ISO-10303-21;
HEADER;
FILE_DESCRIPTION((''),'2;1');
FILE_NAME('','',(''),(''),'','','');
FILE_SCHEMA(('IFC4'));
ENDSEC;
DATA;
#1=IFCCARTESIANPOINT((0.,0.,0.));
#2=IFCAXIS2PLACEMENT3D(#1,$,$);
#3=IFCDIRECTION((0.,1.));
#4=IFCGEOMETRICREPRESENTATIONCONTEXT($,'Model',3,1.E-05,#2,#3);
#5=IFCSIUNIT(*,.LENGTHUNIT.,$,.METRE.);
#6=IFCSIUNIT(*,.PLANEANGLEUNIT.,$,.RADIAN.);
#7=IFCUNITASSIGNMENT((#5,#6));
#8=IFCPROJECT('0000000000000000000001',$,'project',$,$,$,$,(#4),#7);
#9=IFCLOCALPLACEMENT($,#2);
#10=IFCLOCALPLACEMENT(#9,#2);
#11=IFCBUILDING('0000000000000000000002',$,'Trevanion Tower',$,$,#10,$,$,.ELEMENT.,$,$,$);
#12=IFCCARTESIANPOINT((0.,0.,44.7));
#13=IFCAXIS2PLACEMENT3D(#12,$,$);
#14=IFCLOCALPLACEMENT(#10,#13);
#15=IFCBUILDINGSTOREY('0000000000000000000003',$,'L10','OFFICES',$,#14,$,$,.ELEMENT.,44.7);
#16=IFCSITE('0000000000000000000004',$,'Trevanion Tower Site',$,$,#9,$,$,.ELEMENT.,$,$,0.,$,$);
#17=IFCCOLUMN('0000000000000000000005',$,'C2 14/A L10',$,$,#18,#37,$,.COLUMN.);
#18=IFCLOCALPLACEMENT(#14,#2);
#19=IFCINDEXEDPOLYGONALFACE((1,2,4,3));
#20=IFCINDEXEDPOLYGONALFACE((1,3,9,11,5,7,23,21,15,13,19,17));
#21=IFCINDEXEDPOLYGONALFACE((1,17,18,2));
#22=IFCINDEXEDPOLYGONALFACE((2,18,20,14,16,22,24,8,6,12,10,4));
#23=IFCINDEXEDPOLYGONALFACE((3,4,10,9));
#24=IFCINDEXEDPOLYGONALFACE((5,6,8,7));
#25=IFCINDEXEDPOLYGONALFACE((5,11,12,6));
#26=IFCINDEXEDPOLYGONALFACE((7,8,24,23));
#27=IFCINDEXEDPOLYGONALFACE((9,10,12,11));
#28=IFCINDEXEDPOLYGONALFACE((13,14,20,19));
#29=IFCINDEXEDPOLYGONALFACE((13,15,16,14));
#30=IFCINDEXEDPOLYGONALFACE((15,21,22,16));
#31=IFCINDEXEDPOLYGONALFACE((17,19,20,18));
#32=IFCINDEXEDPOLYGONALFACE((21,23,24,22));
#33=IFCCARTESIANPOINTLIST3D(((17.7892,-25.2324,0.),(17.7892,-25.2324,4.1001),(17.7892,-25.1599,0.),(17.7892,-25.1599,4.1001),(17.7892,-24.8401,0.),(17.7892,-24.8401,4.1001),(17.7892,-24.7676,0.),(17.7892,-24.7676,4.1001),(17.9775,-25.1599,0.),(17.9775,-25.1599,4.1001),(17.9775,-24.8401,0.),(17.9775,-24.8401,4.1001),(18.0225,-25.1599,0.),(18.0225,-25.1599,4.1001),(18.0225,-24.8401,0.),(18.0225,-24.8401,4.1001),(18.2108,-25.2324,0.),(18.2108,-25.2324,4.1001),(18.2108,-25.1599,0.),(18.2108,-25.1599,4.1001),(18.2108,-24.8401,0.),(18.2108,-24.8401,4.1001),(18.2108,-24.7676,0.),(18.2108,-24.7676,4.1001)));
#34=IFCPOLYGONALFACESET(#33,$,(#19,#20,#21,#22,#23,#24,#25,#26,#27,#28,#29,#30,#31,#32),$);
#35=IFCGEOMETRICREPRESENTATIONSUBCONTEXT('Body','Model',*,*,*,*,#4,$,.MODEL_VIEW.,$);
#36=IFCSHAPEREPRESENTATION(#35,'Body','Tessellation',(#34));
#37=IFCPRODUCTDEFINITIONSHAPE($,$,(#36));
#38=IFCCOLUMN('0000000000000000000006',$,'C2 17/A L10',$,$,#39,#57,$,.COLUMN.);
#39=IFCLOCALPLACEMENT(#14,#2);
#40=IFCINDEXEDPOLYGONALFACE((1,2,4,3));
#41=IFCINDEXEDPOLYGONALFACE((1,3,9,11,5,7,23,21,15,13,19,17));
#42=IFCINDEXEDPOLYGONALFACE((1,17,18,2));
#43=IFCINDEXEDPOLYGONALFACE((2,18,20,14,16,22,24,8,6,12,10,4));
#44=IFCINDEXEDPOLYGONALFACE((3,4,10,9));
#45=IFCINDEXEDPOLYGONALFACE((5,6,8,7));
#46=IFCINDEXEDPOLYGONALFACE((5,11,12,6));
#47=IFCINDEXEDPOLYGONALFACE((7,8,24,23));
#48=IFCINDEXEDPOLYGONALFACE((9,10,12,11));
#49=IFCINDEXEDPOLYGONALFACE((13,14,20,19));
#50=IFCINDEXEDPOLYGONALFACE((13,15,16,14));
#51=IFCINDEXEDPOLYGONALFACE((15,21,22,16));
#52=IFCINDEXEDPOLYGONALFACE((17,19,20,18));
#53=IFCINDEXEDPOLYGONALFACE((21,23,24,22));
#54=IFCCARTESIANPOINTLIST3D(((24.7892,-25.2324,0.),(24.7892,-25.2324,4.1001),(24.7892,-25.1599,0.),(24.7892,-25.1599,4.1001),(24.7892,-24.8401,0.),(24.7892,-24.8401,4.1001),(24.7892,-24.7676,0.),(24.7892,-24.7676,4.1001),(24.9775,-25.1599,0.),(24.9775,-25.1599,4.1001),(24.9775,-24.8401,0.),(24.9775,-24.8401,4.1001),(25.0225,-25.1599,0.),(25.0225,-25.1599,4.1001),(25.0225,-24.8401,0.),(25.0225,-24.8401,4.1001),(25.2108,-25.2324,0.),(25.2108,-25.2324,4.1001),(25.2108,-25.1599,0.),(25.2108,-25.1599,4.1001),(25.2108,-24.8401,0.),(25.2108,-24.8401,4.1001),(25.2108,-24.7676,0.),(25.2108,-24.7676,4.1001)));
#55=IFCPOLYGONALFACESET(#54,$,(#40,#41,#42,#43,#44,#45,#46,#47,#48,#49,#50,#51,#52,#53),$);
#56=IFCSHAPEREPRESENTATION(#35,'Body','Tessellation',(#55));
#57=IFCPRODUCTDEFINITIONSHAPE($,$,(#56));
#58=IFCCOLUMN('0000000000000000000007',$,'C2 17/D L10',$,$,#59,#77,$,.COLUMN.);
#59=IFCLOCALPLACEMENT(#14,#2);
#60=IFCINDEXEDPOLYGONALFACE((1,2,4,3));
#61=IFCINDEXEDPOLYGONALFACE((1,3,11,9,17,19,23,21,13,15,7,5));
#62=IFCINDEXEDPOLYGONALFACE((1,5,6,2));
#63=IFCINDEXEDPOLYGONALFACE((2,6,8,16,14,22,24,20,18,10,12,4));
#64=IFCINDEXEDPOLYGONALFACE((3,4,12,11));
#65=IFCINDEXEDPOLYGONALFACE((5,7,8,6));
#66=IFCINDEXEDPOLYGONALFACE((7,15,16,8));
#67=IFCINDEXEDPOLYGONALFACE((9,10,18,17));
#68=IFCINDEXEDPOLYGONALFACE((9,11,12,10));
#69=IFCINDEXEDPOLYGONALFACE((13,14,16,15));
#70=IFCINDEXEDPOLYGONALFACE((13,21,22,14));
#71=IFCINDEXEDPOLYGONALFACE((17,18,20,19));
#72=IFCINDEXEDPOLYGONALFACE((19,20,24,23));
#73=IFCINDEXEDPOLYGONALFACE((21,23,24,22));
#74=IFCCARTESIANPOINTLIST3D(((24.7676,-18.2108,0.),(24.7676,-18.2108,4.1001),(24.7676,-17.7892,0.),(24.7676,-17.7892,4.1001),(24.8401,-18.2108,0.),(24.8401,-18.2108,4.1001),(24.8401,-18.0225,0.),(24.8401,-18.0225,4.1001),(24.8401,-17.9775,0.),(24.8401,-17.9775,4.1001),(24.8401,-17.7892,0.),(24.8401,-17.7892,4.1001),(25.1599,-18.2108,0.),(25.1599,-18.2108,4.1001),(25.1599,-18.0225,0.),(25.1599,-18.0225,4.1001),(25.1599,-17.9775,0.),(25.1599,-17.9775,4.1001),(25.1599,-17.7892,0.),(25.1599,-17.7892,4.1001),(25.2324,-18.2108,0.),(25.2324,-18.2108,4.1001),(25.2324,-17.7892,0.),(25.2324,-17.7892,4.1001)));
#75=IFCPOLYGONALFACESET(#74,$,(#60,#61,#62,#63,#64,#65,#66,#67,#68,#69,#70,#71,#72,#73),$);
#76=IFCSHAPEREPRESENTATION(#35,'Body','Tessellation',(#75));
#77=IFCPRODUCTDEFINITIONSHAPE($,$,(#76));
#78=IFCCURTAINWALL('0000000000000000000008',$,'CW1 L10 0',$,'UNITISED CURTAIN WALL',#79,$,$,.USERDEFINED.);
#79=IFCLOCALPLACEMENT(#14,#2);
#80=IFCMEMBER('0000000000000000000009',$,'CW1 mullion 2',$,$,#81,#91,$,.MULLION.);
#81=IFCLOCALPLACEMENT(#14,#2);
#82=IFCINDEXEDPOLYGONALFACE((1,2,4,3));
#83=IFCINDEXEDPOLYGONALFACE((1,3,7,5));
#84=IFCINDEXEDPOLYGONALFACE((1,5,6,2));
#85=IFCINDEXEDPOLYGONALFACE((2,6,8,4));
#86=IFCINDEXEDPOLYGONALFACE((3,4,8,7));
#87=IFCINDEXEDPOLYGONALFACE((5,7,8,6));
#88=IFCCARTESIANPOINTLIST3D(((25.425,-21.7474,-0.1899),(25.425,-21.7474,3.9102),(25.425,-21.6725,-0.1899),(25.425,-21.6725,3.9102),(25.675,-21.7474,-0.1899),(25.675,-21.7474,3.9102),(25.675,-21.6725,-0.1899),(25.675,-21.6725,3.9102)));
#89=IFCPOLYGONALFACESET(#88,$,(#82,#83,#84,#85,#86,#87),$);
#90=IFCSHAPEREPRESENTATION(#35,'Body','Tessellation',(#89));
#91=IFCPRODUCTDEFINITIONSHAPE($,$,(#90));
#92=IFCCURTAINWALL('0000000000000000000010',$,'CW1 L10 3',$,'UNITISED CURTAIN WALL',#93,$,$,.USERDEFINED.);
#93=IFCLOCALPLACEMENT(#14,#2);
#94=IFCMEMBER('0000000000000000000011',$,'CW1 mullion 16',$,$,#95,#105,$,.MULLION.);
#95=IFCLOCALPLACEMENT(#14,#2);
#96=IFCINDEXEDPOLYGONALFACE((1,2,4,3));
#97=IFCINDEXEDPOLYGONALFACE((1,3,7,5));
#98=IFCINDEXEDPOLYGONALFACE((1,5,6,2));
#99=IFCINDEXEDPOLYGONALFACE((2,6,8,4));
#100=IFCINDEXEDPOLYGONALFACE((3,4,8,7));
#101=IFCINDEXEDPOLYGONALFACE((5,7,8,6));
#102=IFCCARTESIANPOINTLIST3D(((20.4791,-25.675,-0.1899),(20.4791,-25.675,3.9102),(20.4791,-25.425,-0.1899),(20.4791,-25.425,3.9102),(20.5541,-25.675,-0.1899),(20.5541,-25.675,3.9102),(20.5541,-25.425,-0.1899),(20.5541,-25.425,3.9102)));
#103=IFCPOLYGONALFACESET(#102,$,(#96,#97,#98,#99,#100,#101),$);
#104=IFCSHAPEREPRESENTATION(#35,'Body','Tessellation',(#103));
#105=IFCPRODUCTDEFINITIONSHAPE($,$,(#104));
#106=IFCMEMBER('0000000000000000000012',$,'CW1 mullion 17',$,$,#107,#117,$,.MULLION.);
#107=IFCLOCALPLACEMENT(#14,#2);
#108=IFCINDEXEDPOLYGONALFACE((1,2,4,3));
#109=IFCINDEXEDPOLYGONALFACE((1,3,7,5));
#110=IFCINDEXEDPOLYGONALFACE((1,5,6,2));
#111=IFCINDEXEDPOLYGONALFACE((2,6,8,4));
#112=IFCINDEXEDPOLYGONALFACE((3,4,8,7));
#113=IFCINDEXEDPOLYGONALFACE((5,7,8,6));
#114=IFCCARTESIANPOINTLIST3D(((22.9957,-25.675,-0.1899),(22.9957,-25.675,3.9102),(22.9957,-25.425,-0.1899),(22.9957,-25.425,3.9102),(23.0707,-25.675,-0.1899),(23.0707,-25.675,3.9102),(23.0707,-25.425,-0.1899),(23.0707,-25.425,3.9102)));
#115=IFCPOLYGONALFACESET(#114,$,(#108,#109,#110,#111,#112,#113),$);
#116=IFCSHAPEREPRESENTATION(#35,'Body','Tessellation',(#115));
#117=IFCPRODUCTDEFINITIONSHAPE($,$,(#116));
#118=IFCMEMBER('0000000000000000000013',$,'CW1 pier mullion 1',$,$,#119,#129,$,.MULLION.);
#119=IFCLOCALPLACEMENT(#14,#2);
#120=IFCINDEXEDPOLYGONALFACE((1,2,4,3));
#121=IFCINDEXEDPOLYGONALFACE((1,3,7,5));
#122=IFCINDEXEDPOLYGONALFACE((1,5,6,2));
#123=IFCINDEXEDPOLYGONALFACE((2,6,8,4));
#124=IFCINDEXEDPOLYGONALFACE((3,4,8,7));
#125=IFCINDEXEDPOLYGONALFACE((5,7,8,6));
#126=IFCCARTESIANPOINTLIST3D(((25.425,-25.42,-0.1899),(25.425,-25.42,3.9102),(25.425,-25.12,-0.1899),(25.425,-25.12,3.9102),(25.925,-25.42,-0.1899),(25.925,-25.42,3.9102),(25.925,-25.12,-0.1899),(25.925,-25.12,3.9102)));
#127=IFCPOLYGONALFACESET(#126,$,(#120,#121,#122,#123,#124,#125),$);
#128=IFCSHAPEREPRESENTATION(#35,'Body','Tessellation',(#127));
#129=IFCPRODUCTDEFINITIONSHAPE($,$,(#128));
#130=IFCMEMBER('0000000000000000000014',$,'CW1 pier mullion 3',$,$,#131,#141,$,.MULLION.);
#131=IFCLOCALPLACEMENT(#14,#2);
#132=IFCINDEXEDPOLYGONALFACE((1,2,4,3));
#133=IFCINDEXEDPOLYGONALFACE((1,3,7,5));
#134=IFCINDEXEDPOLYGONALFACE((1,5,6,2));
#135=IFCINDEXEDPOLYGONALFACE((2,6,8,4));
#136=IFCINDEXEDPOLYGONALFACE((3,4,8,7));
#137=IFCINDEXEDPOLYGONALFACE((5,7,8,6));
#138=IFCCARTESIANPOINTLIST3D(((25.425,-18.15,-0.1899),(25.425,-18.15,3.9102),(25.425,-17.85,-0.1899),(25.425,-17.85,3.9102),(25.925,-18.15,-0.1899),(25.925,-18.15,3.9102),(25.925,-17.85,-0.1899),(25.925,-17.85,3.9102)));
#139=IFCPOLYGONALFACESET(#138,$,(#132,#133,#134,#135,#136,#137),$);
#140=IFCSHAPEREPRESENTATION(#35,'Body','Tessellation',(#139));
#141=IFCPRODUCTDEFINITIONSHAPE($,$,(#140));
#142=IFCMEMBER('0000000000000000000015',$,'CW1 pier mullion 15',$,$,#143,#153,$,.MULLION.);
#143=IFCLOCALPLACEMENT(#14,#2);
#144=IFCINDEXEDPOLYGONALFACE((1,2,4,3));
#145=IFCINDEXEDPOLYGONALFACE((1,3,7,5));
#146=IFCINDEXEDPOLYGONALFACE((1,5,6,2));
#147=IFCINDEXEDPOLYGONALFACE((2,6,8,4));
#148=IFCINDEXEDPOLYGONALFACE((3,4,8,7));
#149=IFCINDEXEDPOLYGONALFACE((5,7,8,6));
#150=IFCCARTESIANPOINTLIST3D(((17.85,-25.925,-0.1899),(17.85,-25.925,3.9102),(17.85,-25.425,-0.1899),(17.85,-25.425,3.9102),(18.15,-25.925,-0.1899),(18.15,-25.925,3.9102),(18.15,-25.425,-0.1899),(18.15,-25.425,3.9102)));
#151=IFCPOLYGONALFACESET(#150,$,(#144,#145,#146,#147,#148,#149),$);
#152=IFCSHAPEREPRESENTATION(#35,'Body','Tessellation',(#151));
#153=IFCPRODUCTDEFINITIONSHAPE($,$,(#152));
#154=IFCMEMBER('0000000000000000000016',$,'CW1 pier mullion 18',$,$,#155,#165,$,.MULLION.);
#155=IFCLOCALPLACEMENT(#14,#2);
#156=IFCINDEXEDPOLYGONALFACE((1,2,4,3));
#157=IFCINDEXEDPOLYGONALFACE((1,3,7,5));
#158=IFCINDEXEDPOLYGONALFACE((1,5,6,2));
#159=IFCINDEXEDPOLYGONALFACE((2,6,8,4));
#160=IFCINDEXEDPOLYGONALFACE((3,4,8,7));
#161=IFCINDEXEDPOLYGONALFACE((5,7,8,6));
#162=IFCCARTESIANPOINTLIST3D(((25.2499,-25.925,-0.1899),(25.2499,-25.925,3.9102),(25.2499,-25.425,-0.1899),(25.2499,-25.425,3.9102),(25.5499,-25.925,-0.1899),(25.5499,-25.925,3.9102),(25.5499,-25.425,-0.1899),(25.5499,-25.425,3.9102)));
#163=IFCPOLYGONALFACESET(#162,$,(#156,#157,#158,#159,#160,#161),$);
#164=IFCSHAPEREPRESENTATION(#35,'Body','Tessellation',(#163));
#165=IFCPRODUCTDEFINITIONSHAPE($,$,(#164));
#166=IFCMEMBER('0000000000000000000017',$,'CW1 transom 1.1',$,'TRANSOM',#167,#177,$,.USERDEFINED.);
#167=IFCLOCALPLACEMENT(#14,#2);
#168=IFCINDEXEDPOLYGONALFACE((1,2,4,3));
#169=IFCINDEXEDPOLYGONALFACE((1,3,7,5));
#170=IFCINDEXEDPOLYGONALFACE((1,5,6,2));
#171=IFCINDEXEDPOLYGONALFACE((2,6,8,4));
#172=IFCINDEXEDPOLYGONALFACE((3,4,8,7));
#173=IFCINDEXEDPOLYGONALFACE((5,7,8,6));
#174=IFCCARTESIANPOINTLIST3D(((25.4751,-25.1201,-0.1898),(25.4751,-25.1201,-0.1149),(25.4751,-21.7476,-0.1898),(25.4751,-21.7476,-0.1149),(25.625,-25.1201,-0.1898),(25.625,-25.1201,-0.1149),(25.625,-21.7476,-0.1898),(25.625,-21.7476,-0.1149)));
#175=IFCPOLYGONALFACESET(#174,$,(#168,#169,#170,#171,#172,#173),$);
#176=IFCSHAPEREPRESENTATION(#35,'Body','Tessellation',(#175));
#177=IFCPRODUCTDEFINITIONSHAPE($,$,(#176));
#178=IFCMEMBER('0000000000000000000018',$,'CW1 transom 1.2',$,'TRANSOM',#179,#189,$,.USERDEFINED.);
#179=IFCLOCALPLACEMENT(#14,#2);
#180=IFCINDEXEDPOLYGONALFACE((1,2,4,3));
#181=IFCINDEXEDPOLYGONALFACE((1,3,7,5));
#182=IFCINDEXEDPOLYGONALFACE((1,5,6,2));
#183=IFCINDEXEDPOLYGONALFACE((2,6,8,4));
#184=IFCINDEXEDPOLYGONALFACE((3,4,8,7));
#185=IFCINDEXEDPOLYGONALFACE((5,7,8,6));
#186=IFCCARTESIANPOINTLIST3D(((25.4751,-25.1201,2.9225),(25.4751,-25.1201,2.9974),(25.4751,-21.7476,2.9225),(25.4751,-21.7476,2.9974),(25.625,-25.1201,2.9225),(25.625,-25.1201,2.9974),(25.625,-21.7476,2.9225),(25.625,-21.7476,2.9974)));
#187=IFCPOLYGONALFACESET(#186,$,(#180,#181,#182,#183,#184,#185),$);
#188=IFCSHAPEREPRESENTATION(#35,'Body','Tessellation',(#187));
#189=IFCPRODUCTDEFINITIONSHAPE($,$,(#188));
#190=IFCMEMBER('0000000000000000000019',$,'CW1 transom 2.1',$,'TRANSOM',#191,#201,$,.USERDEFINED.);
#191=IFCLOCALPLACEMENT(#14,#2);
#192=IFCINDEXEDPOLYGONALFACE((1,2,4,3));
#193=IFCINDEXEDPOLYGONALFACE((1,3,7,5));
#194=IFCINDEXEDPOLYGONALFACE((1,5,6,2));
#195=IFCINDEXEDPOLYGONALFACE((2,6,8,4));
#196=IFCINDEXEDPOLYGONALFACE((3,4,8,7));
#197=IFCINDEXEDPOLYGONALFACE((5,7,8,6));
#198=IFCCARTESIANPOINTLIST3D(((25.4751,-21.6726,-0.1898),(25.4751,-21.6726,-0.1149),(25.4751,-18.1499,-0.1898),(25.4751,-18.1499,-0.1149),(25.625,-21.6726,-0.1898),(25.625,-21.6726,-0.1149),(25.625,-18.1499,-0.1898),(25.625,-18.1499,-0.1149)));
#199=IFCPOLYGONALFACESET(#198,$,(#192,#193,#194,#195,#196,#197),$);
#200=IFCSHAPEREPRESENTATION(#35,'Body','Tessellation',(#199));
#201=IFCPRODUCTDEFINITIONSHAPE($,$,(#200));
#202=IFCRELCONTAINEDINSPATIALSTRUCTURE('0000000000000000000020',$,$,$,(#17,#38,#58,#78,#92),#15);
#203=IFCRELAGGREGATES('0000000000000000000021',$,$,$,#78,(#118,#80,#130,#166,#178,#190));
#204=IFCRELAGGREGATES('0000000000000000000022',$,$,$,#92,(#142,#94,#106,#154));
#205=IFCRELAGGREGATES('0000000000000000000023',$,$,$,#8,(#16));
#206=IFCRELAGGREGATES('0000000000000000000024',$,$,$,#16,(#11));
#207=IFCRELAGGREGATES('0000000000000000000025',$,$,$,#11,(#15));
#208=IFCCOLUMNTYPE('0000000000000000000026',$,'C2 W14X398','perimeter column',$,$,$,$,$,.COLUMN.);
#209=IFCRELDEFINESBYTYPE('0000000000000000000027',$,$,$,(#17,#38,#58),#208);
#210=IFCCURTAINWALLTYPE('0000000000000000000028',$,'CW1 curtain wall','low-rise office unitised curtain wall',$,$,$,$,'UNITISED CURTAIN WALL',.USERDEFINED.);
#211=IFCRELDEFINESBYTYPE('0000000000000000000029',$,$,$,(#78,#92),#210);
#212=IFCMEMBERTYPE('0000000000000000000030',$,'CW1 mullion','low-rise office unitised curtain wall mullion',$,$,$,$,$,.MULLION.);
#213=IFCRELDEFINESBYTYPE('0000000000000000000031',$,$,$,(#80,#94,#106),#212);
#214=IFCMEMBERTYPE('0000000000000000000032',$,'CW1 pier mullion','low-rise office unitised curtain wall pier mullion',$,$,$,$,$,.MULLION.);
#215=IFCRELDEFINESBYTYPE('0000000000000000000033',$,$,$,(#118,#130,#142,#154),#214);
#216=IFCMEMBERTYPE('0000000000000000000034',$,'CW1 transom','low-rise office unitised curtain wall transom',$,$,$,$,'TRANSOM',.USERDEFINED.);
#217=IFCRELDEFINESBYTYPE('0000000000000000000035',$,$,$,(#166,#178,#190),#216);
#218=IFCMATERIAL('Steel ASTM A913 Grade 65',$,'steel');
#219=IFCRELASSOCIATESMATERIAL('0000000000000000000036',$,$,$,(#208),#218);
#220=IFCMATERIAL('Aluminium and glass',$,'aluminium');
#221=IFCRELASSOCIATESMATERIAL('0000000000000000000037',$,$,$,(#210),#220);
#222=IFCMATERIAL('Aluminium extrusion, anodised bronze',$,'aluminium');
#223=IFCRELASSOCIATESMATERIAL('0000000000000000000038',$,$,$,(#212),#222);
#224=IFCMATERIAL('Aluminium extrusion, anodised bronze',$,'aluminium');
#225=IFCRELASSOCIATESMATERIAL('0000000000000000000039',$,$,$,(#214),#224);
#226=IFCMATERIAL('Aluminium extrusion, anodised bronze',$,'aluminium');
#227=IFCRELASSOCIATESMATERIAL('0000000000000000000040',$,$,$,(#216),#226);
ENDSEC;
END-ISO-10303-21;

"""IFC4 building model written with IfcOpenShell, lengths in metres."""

from ifc_helpers import new_model, si_unit, direction, frame, origin, origin_2d, place, context, subcontext, project, spatial, rectangle, i_section, extrude, material, material_profile, profile_set, type_object, element, aggregate, save


model = new_model("IFC4")

# Units and contexts
model_context = context("Model", 3, precision=1e-05, world=origin(), true_north=direction((0.0, 1.0)))
body_context = subcontext(model_context, "Body", "Model", "MODEL_VIEW")
ifc_project = project(units=[si_unit("LENGTHUNIT", "METRE"), si_unit("PLANEANGLEUNIT", "RADIAN")], contexts=[model_context])

# Site, building, storey
site_placement = place(None, origin())
site = spatial("IfcSite", under=ifc_project, at=site_placement, Name="Trevanion Tower Site", CompositionType="ELEMENT", RefElevation=0.0)
building_placement = place(site_placement, origin())
building = spatial("IfcBuilding", under=site, at=building_placement, Name="Trevanion Tower", CompositionType="ELEMENT")
storey_placement = place(building_placement, frame((0.0, 0.0, 44.7)))
storey = spatial("IfcBuildingStorey", under=building, at=storey_placement, Name="L10", Description="OFFICES", CompositionType="ELEMENT", Elevation=44.7)

# Columns
ifc_material_1 = material(Name="Steel ASTM A913 Grade 65", Category="steel")
ifc_material_profile_1 = material_profile(ifc_material_1, i_section(OverallWidth=0.4216, OverallDepth=0.4648, WebThickness=0.0449, FlangeThickness=0.0725, at=origin_2d()), Name="W14X398")
ifc_profile_set_1 = profile_set([ifc_material_profile_1], Name="Steel ASTM A913 Grade 65")
column_type = type_object("IfcColumnType", Name="C2 W14X398", Description="perimeter column", PredefinedType="COLUMN", material=ifc_profile_set_1)
for number, where, z_axis, x_axis, name in (
    (1, (18.0, -25.0, 0.0), (0.0, 0.0, 1.0), (1.0, 0.0, 0.0), "C2 14/A L10"),
    (2, (25.0, -25.0, 0.0), (0.0, 0.0, 1.0), (1.0, 0.0, 0.0), "C2 17/A L10"),
    (3, (25.0, -18.0, 0.0), (0.0, 0.0, 1.0), (0.0, 1.0, 0.0), "C2 17/D L10"),
):
    element("IfcColumn", number, at=place(storey_placement, frame(where, z_axis=z_axis, x_axis=x_axis)), inside=storey, type_object=column_type, Name=name, PredefinedType="COLUMN", context=body_context, shape_type="SweptSolid", body=[
        extrude(i_section(OverallWidth=0.4216, OverallDepth=0.4648, WebThickness=0.0449, FlangeThickness=0.0725, at=origin_2d()), origin(), (0.0, 0.0, 1.0), 4.1001),
    ])

# Curtain wall, member
ifc_material_2 = material(Name="Aluminium and glass", Category="aluminium")
curtain_wall_type = type_object("IfcCurtainWallType", Name="CW1 curtain wall", Description="low-rise office unitised curtain wall", ElementType="UNITISED CURTAIN WALL", PredefinedType="USERDEFINED", material=ifc_material_2)
curtain_wall_1_placement = place(storey_placement, origin())
curtain_wall_1 = element("IfcCurtainWall", 4, at=curtain_wall_1_placement, inside=storey, type_object=curtain_wall_type, Name="CW1 L10 0", ObjectType="UNITISED CURTAIN WALL", PredefinedType="USERDEFINED")
ifc_material_3 = material(Name="Aluminium extrusion, anodised bronze", Category="aluminium")
ifc_material_profile_2 = material_profile(ifc_material_3, rectangle(XDim=0.075, YDim=0.25, at=origin_2d()), Name="CW1 mullion")
ifc_profile_set_2 = profile_set([ifc_material_profile_2], Name="Aluminium extrusion, anodised bronze")
member_type_1 = type_object("IfcMemberType", Name="CW1 mullion", Description="low-rise office unitised curtain wall mullion", PredefinedType="MULLION", material=ifc_profile_set_2)
member_1_placement = place(storey_placement, frame((25.55, -21.71, -0.1899), z_axis=(0.0, 0.0, 1.0), x_axis=(0.0, 1.0, 0.0)))
member_1 = element("IfcMember", 5, at=member_1_placement, type_object=member_type_1, Name="CW1 mullion 2", PredefinedType="MULLION", context=body_context, shape_type="SweptSolid", body=[
    extrude(rectangle(XDim=0.075, YDim=0.25, at=origin_2d()), origin(), (0.0, 0.0, 1.0), 4.1001),
])

# Curtain wall, members
curtain_wall_2_placement = place(storey_placement, origin())
curtain_wall_2 = element("IfcCurtainWall", 6, at=curtain_wall_2_placement, inside=storey, type_object=curtain_wall_type, Name="CW1 L10 3", ObjectType="UNITISED CURTAIN WALL", PredefinedType="USERDEFINED")
member_2_placement = place(storey_placement, frame((20.5166, -25.55, -0.1899), z_axis=(0.0, 0.0, 1.0), x_axis=(1.0, 0.0, 0.0)))
member_2 = element("IfcMember", 7, at=member_2_placement, type_object=member_type_1, Name="CW1 mullion 16", PredefinedType="MULLION", context=body_context, shape_type="SweptSolid", body=[
    extrude(rectangle(XDim=0.075, YDim=0.25, at=origin_2d()), origin(), (0.0, 0.0, 1.0), 4.1001),
])
member_3_placement = place(storey_placement, frame((23.0332, -25.55, -0.1899), z_axis=(0.0, 0.0, 1.0), x_axis=(1.0, 0.0, 0.0)))
member_3 = element("IfcMember", 8, at=member_3_placement, type_object=member_type_1, Name="CW1 mullion 17", PredefinedType="MULLION", context=body_context, shape_type="SweptSolid", body=[
    extrude(rectangle(XDim=0.075, YDim=0.25, at=origin_2d()), origin(), (0.0, 0.0, 1.0), 4.1001),
])

# Members
ifc_material_4 = material(Name="Aluminium extrusion, anodised bronze", Category="aluminium")
ifc_material_profile_3 = material_profile(ifc_material_4, rectangle(XDim=0.3, YDim=0.5, at=origin_2d()), Name="CW1 pier mullion")
ifc_profile_set_3 = profile_set([ifc_material_profile_3], Name="Aluminium extrusion, anodised bronze")
member_type_2 = type_object("IfcMemberType", Name="CW1 pier mullion", Description="low-rise office unitised curtain wall pier mullion", PredefinedType="MULLION", material=ifc_profile_set_3)
member_4_placement = place(storey_placement, frame((25.675, -25.27, -0.1899), z_axis=(0.0, 0.0, 1.0), x_axis=(0.0, 1.0, 0.0)))
member_4 = element("IfcMember", 9, at=member_4_placement, type_object=member_type_2, Name="CW1 pier mullion 1", PredefinedType="MULLION", context=body_context, shape_type="SweptSolid", body=[
    extrude(rectangle(XDim=0.3, YDim=0.5, at=origin_2d()), origin(), (0.0, 0.0, 1.0), 4.1001),
])
member_5_placement = place(storey_placement, frame((25.675, -18.0, -0.1899), z_axis=(0.0, 0.0, 1.0), x_axis=(0.0, 1.0, 0.0)))
member_5 = element("IfcMember", 10, at=member_5_placement, type_object=member_type_2, Name="CW1 pier mullion 3", PredefinedType="MULLION", context=body_context, shape_type="SweptSolid", body=[
    extrude(rectangle(XDim=0.3, YDim=0.5, at=origin_2d()), origin(), (0.0, 0.0, 1.0), 4.1001),
])
member_6_placement = place(storey_placement, frame((18.0, -25.675, -0.1899), z_axis=(0.0, 0.0, 1.0), x_axis=(1.0, 0.0, 0.0)))
member_6 = element("IfcMember", 11, at=member_6_placement, type_object=member_type_2, Name="CW1 pier mullion 15", PredefinedType="MULLION", context=body_context, shape_type="SweptSolid", body=[
    extrude(rectangle(XDim=0.3, YDim=0.5, at=origin_2d()), origin(), (0.0, 0.0, 1.0), 4.1001),
])
member_7_placement = place(storey_placement, frame((25.3999, -25.675, -0.1899), z_axis=(0.0, 0.0, 1.0), x_axis=(1.0, 0.0, 0.0)))
member_7 = element("IfcMember", 12, at=member_7_placement, type_object=member_type_2, Name="CW1 pier mullion 18", PredefinedType="MULLION", context=body_context, shape_type="SweptSolid", body=[
    extrude(rectangle(XDim=0.3, YDim=0.5, at=origin_2d()), origin(), (0.0, 0.0, 1.0), 4.1001),
])
ifc_material_5 = material(Name="Aluminium extrusion, anodised bronze", Category="aluminium")
ifc_material_profile_4 = material_profile(ifc_material_5, rectangle(XDim=0.1499, YDim=0.075, at=origin_2d()), Name="CW1 transom")
ifc_profile_set_4 = profile_set([ifc_material_profile_4], Name="Aluminium extrusion, anodised bronze")
member_type_3 = type_object("IfcMemberType", Name="CW1 transom", Description="low-rise office unitised curtain wall transom", ElementType="TRANSOM", PredefinedType="USERDEFINED", material=ifc_profile_set_4)
member_8_placement = place(storey_placement, frame((25.55, -25.1201, -0.1523), z_axis=(0.0, 1.0, 0.0), x_axis=(-1.0, 0.0, 0.0)))
member_8 = element("IfcMember", 13, at=member_8_placement, type_object=member_type_3, Name="CW1 transom 1.1", ObjectType="TRANSOM", PredefinedType="USERDEFINED", context=body_context, shape_type="SweptSolid", body=[
    extrude(rectangle(XDim=0.1499, YDim=0.075, at=origin_2d()), origin(), (0.0, 0.0, 1.0), 3.3726),
])
member_9_placement = place(storey_placement, frame((25.55, -25.1201, 2.96), z_axis=(0.0, 1.0, 0.0), x_axis=(-1.0, 0.0, 0.0)))
member_9 = element("IfcMember", 14, at=member_9_placement, type_object=member_type_3, Name="CW1 transom 1.2", ObjectType="TRANSOM", PredefinedType="USERDEFINED", context=body_context, shape_type="SweptSolid", body=[
    extrude(rectangle(XDim=0.1499, YDim=0.075, at=origin_2d()), origin(), (0.0, 0.0, 1.0), 3.3726),
])
member_10_placement = place(storey_placement, frame((25.55, -21.6726, -0.1523), z_axis=(0.0, 1.0, 0.0), x_axis=(-1.0, 0.0, 0.0)))
member_10 = element("IfcMember", 15, at=member_10_placement, type_object=member_type_3, Name="CW1 transom 2.1", ObjectType="TRANSOM", PredefinedType="USERDEFINED", context=body_context, shape_type="SweptSolid", body=[
    extrude(rectangle(XDim=0.1499, YDim=0.075, at=origin_2d()), origin(), (0.0, 0.0, 1.0), 3.5227),
])

aggregate(curtain_wall_1, [member_4, member_1, member_5, member_8, member_9, member_10])
aggregate(curtain_wall_2, [member_6, member_2, member_3, member_7])

save(model, "model.ifc")
